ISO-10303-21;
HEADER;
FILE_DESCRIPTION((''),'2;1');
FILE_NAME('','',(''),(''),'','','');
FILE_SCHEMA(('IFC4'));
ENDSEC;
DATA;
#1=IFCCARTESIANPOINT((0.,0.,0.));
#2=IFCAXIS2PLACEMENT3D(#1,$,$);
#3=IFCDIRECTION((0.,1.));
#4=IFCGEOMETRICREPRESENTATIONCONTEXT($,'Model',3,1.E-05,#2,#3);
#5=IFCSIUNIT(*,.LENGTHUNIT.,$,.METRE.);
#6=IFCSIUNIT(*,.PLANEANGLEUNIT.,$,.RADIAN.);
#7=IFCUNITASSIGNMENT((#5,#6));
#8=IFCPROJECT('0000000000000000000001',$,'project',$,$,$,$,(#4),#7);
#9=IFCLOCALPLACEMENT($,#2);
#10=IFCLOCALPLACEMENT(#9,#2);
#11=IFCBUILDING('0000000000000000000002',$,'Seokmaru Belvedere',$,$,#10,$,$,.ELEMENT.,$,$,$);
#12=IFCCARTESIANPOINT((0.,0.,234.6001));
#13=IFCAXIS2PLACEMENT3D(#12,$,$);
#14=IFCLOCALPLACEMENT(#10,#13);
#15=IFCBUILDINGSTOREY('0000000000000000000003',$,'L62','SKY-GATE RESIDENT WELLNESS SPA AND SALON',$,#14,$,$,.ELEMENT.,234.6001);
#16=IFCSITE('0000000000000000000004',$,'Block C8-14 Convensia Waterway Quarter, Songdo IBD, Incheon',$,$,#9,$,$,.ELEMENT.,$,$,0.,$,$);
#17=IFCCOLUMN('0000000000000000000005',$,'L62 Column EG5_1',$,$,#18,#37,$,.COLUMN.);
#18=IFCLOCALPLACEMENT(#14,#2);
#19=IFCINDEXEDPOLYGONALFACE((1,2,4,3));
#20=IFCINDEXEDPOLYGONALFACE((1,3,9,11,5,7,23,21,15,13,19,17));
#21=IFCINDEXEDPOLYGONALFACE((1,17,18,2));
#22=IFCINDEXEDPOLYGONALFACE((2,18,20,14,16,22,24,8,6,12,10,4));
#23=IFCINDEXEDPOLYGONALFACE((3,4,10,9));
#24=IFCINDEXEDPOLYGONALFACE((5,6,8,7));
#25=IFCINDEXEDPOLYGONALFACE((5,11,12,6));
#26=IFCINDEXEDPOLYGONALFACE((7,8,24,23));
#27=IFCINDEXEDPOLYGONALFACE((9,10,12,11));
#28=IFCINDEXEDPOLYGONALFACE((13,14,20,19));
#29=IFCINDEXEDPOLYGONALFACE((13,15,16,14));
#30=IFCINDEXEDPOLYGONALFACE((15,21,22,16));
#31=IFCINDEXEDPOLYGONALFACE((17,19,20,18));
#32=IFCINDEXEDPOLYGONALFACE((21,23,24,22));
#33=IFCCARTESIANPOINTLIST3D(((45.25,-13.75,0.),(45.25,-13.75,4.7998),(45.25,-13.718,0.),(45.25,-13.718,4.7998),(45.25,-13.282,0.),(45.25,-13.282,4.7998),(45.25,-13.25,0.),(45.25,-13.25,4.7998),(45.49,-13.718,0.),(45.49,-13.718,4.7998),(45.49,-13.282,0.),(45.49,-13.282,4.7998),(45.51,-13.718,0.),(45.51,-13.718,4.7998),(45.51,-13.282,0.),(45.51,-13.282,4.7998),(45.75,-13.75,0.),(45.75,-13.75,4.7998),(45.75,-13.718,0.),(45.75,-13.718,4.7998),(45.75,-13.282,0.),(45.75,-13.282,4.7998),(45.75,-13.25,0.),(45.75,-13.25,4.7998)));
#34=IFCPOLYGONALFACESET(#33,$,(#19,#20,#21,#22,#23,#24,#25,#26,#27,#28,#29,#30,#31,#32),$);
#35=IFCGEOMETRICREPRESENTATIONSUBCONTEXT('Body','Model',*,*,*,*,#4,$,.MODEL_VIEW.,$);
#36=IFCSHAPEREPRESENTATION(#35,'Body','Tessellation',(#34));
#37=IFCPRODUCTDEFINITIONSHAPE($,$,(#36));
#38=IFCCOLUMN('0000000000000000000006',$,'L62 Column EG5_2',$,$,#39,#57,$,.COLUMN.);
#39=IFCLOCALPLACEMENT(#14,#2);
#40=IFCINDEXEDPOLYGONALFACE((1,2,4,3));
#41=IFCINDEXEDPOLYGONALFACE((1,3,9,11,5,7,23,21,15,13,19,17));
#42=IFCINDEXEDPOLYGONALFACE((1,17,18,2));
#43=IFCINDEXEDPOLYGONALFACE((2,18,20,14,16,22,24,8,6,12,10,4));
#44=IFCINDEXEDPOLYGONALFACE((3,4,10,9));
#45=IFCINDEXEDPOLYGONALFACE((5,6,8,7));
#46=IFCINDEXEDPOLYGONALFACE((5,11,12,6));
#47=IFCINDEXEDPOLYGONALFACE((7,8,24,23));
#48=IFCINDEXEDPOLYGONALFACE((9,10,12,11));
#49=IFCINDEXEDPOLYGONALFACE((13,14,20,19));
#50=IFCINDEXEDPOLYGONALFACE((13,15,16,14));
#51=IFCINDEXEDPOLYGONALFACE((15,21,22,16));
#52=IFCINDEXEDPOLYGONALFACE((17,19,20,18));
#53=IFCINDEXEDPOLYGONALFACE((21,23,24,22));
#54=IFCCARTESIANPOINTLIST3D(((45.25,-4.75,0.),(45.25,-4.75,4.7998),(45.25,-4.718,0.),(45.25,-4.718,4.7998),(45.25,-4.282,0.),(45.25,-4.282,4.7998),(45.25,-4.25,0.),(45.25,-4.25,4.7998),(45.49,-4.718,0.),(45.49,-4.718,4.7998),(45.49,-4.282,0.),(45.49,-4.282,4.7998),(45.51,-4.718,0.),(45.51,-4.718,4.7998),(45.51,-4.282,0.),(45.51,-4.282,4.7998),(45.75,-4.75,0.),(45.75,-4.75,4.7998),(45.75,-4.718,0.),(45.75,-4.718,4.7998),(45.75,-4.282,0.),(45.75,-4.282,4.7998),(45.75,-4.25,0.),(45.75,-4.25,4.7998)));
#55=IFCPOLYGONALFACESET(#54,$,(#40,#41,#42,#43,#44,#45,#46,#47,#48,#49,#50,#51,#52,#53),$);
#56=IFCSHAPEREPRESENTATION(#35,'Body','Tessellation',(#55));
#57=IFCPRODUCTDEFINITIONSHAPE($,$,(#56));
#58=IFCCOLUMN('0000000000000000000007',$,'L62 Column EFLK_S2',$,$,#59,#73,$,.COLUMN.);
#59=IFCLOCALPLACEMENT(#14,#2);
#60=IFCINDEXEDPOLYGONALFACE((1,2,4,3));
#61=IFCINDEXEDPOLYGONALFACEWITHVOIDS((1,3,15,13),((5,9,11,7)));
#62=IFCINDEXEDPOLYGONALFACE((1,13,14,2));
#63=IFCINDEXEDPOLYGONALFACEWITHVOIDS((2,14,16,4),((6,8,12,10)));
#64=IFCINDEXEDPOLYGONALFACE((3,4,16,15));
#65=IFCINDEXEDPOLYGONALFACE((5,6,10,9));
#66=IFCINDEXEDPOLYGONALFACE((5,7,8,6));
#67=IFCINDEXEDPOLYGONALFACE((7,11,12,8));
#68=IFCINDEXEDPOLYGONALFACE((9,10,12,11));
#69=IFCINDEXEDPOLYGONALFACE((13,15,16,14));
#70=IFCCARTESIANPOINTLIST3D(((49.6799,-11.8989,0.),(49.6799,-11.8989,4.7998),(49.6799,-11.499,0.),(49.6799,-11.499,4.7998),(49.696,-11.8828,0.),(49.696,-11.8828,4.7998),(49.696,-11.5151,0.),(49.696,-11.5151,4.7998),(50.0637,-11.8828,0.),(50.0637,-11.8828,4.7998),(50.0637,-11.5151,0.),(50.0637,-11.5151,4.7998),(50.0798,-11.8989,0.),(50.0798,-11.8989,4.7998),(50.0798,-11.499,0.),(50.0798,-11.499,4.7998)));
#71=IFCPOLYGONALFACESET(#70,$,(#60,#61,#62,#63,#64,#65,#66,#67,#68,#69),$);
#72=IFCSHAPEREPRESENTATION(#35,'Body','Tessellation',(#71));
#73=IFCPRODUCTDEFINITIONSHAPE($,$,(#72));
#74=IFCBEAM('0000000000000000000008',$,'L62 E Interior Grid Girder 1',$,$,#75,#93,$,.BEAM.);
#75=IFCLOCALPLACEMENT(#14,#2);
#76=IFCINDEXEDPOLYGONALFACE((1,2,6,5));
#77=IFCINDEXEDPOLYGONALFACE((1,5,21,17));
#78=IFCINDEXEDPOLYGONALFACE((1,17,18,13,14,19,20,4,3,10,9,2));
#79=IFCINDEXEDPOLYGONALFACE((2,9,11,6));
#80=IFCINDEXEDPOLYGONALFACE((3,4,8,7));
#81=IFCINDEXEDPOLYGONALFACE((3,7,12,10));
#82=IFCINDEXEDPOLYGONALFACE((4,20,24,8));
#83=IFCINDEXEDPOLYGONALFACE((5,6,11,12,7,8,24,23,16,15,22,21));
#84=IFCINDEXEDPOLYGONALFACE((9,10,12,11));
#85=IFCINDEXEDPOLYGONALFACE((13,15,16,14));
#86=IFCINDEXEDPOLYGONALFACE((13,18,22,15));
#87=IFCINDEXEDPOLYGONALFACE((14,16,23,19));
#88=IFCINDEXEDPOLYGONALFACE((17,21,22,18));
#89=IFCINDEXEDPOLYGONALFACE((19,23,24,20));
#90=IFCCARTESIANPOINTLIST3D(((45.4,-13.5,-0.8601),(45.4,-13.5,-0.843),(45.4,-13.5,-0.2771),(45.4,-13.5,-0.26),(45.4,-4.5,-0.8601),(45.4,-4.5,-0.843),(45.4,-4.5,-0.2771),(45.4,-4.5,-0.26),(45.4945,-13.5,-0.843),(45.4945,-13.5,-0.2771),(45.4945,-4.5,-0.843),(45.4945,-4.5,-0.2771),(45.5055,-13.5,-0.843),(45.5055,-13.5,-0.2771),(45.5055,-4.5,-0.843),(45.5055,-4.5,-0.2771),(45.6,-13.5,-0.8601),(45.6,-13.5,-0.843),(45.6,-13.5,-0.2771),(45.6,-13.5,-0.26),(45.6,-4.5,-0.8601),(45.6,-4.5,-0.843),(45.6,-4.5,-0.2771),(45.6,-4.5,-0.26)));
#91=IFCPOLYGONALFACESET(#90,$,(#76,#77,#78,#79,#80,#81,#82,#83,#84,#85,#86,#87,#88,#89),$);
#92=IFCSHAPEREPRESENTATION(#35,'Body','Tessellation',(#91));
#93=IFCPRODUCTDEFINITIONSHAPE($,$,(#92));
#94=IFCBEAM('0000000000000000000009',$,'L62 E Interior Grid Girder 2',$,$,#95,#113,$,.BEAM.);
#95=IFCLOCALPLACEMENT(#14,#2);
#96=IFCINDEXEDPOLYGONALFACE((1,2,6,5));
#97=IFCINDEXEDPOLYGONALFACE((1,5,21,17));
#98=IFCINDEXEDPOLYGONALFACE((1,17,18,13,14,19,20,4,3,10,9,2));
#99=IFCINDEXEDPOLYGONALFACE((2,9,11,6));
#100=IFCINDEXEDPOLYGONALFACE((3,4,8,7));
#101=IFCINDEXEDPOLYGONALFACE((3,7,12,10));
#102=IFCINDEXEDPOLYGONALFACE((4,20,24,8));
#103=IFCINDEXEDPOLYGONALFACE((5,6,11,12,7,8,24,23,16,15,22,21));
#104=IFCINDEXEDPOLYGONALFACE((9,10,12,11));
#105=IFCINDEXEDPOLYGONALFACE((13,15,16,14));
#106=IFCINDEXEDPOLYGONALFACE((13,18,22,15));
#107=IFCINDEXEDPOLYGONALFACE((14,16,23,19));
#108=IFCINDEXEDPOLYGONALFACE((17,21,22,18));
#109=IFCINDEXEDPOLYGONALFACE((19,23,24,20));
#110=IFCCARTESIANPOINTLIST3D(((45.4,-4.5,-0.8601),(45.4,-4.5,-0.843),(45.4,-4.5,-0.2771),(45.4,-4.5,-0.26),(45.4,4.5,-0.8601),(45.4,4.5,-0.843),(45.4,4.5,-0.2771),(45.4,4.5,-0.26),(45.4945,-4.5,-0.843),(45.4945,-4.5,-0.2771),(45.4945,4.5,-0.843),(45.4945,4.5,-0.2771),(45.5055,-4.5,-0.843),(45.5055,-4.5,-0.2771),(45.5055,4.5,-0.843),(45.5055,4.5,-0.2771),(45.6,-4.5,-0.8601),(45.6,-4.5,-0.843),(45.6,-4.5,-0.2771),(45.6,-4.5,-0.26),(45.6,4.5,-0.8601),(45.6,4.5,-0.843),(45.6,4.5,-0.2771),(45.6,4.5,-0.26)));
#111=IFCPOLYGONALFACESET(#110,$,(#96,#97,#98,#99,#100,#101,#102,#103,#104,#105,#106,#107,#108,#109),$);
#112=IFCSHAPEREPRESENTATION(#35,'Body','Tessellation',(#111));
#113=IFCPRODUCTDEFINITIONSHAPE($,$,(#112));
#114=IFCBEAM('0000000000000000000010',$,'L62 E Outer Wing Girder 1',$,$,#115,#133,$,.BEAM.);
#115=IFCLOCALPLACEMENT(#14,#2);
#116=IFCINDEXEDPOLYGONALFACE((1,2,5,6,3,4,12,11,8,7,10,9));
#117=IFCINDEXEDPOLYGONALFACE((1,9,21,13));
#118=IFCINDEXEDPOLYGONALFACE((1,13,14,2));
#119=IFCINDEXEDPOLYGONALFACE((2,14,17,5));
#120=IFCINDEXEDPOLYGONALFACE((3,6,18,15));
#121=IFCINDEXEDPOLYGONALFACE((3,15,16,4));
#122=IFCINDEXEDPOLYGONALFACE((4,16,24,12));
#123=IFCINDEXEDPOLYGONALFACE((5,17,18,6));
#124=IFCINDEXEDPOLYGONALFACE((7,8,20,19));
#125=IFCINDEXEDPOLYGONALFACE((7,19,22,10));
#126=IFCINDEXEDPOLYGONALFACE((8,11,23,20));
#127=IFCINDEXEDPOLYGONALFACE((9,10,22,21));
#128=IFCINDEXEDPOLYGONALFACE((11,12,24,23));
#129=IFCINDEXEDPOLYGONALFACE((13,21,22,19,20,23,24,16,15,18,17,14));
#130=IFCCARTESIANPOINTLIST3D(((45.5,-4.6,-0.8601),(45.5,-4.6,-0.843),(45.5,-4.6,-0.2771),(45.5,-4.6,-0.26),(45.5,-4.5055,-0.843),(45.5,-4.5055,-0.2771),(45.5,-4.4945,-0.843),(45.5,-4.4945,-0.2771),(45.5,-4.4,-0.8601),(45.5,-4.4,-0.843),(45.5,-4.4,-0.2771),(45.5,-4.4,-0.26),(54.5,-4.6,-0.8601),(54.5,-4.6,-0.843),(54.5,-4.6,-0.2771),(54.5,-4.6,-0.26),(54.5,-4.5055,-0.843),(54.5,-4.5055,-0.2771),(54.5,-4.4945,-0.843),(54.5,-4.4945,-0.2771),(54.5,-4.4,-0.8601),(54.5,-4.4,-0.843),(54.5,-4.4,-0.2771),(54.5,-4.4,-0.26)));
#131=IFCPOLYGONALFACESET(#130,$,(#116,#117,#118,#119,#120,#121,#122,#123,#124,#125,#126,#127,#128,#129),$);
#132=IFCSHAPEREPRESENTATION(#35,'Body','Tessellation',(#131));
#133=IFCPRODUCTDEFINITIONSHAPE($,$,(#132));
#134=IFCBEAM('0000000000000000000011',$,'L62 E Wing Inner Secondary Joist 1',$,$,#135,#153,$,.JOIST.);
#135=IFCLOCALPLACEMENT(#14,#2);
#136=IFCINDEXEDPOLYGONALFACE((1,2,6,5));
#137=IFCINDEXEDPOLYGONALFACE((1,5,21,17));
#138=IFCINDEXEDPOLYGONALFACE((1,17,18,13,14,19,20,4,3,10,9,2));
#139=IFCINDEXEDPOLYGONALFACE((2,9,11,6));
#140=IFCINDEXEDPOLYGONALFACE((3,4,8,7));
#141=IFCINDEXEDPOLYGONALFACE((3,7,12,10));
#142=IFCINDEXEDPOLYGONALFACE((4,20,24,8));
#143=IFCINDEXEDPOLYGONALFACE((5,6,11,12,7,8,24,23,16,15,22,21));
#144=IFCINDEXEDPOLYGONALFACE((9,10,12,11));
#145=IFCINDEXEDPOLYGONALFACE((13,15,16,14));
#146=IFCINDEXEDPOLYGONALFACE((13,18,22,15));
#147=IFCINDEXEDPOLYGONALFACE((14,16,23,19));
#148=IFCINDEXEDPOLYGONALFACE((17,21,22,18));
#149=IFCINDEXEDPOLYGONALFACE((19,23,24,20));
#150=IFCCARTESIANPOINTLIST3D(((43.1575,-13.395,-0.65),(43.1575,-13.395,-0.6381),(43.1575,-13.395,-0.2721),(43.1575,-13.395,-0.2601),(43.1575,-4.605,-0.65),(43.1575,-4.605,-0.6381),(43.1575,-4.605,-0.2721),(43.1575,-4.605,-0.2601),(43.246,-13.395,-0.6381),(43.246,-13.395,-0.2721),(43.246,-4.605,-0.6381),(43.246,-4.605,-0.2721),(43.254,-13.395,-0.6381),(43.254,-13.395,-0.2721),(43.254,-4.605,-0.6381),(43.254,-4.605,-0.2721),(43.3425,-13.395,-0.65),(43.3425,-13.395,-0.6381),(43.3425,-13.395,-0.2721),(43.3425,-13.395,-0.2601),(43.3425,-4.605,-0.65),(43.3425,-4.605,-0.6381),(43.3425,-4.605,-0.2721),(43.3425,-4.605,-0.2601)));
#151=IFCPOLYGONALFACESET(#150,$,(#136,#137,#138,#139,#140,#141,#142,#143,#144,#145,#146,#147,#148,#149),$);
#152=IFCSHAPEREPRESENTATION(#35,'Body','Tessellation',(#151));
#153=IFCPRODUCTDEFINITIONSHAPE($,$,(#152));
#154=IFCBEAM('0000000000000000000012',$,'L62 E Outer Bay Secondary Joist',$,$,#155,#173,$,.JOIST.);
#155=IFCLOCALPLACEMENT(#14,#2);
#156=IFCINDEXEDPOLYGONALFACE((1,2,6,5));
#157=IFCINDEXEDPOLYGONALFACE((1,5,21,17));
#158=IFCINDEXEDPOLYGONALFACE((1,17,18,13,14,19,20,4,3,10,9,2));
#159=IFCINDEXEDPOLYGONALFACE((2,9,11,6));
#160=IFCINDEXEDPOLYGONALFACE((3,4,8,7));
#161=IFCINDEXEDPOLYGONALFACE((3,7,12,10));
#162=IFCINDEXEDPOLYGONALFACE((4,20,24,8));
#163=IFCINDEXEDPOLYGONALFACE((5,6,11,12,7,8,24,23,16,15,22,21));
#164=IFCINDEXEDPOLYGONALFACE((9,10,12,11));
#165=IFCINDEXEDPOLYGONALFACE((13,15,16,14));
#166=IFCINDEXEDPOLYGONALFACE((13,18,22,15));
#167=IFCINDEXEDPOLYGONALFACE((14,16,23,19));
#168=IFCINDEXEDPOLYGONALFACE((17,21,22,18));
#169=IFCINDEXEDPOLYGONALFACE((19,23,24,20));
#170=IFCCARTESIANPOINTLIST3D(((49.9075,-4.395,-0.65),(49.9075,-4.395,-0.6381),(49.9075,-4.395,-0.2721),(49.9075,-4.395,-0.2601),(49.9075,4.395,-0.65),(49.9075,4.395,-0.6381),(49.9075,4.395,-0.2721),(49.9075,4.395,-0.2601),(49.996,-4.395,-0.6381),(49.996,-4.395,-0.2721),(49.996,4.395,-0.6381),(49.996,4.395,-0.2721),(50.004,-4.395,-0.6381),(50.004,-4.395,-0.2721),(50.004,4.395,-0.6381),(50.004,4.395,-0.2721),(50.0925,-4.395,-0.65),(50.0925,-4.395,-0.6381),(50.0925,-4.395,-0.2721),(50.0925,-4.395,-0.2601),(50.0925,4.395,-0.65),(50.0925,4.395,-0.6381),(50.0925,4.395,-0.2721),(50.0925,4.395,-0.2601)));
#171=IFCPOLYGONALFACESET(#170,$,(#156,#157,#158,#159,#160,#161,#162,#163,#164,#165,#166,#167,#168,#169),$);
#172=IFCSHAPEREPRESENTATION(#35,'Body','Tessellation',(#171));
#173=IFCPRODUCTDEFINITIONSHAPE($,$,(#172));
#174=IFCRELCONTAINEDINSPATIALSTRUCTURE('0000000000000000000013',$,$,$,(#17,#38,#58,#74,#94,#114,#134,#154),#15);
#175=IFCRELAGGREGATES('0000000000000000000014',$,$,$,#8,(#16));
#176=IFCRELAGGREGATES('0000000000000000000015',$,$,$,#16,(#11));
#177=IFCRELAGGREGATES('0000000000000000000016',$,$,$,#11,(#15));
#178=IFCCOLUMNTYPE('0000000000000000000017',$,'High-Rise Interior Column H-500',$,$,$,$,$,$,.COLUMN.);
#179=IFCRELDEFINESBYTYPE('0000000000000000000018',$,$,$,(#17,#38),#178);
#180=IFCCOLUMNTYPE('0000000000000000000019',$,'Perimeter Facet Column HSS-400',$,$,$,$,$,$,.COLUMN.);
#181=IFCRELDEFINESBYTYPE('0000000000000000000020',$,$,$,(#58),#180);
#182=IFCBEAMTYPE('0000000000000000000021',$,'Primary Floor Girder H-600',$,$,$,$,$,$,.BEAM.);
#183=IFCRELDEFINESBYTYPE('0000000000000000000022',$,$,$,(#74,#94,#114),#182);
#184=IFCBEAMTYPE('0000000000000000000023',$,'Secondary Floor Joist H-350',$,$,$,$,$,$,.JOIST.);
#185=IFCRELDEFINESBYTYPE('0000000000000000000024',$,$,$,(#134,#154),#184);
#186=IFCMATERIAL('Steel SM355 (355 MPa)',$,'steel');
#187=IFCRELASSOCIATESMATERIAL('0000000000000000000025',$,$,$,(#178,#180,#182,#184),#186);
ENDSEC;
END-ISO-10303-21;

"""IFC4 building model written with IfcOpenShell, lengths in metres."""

from ifc_helpers import new_model, si_unit, direction, frame, origin, origin_2d, place, context, subcontext, project, spatial, hollow_rectangle, i_section, extrude, source, transform, mapped, material, material_profile, profile_set, type_object, type_shapes, element, save


model = new_model("IFC4")

# Units and contexts
model_context = context("Model", 3, precision=1e-05, world=origin(), true_north=direction((0.0, 1.0)))
body_context = subcontext(model_context, "Body", "Model", "MODEL_VIEW")
ifc_project = project(units=[si_unit("LENGTHUNIT", "METRE"), si_unit("PLANEANGLEUNIT", "RADIAN")], contexts=[model_context])

# Site, building, storey
site_placement = place(None, origin())
site = spatial("IfcSite", under=ifc_project, at=site_placement, Name="Block C8-14 Convensia Waterway Quarter, Songdo IBD, Incheon", CompositionType="ELEMENT", RefElevation=0.0)
building_placement = place(site_placement, origin())
building = spatial("IfcBuilding", under=site, at=building_placement, Name="Seokmaru Belvedere", CompositionType="ELEMENT")
storey_placement = place(building_placement, frame((0.0, 0.0, 234.6001)))
storey = spatial("IfcBuildingStorey", under=building, at=storey_placement, Name="L62", Description="SKY-GATE RESIDENT WELLNESS SPA AND SALON", CompositionType="ELEMENT", Elevation=234.6001)

# Columns
ifc_material_1 = material(Name="Steel SM355 (355 MPa)", Category="steel")
ifc_material_profile_1 = material_profile(ifc_material_1, i_section(OverallWidth=0.5, OverallDepth=0.5, WebThickness=0.02, FlangeThickness=0.032, at=origin_2d()), Name="H-500x500x20x32")
ifc_profile_set_1 = profile_set([ifc_material_profile_1], Name="Steel SM355 (355 MPa)")
column_type_1 = type_object("IfcColumnType", Name="High-Rise Interior Column H-500", PredefinedType="COLUMN", material=ifc_profile_set_1)
shared_shape_1 = source(origin(), body_context, "Body", "SweptSolid", [
    extrude(i_section(OverallWidth=0.5, OverallDepth=0.5, WebThickness=0.02, FlangeThickness=0.032, at=origin_2d()), origin(), (0.0, 0.0, 1.0), 4.7998),
])
type_shapes(column_type_1, [shared_shape_1])
for number, where, z_axis, x_axis, name in (
    (1, (45.5, -13.5, 0.0), (0.0, 0.0, 1.0), (1.0, 0.0, 0.0), "L62 Column EG5_1"),
    (2, (45.5, -4.5, 0.0), (0.0, 0.0, 1.0), (1.0, 0.0, 0.0), "L62 Column EG5_2"),
):
    element("IfcColumn", number, at=place(storey_placement, frame(where, z_axis=z_axis, x_axis=x_axis)), inside=storey, type_object=column_type_1, Name=name, PredefinedType="COLUMN", context=body_context, shape_type="MappedRepresentation", body=[
        mapped(shared_shape_1, transform((0.0, 0.0, 0.0), scale=1.0)),
    ])
ifc_material_profile_2 = material_profile(ifc_material_1, hollow_rectangle(XDim=0.3999, YDim=0.3999, WallThickness=0.0161, at=origin_2d()), Name="HSS-400x400x16")
ifc_profile_set_2 = profile_set([ifc_material_profile_2], Name="Steel SM355 (355 MPa)")
column_type_2 = type_object("IfcColumnType", Name="Perimeter Facet Column HSS-400", PredefinedType="COLUMN", material=ifc_profile_set_2)
shared_shape_2 = source(origin(), body_context, "Body", "SweptSolid", [
    extrude(hollow_rectangle(XDim=0.3999, YDim=0.3999, WallThickness=0.0161, at=origin_2d()), origin(), (0.0, 0.0, 1.0), 4.7998),
])
type_shapes(column_type_2, [shared_shape_2])
column_placement = place(storey_placement, frame((49.8799, -11.699, 0.0), z_axis=(0.0, 0.0, 1.0), x_axis=(1.0, 0.0, 0.0)))
element("IfcColumn", 3, at=column_placement, inside=storey, type_object=column_type_2, Name="L62 Column EFLK_S2", PredefinedType="COLUMN", context=body_context, shape_type="MappedRepresentation", body=[
    mapped(shared_shape_2, transform((0.0, 0.0, 0.0), scale=1.0)),
])

# Beams
ifc_material_profile_3 = material_profile(ifc_material_1, i_section(OverallWidth=0.2, OverallDepth=0.6001, WebThickness=0.011, FlangeThickness=0.0171, at=origin_2d()), Name="H-600x200x11x17")
ifc_profile_set_3 = profile_set([ifc_material_profile_3], Name="Steel SM355 (355 MPa)")
beam_type_1 = type_object("IfcBeamType", Name="Primary Floor Girder H-600", PredefinedType="BEAM", material=ifc_profile_set_3)
shared_shape_3 = source(origin(), body_context, "Body", "SweptSolid", [
    extrude(i_section(OverallWidth=0.2, OverallDepth=0.6001, WebThickness=0.011, FlangeThickness=0.0171, at=origin_2d()), origin(), (0.0, 0.0, 1.0), 9.0),
])
for number, where, z_axis, x_axis, name in (
    (4, (45.5, -13.5, -0.5601), (0.0, 1.0, 0.0), (-1.0, 0.0, 0.0), "L62 E Interior Grid Girder 1"),
    (5, (45.5, -4.5, -0.5601), (0.0, 1.0, 0.0), (-1.0, 0.0, 0.0), "L62 E Interior Grid Girder 2"),
    (6, (45.5, -4.5, -0.5601), (1.0, 0.0, 0.0), (0.0, 1.0, 0.0), "L62 E Outer Wing Girder 1"),
):
    element("IfcBeam", number, at=place(storey_placement, frame(where, z_axis=z_axis, x_axis=x_axis)), inside=storey, type_object=beam_type_1, Name=name, PredefinedType="BEAM", context=body_context, shape_type="MappedRepresentation", body=[
        mapped(shared_shape_3, transform((0.0, 0.0, 0.0), scale=1.0)),
    ])
ifc_material_profile_4 = material_profile(ifc_material_1, i_section(OverallWidth=0.1851, OverallDepth=0.3899, WebThickness=0.0081, FlangeThickness=0.012, at=origin_2d()), Name="H-390x185x8x12")
ifc_profile_set_4 = profile_set([ifc_material_profile_4], Name="Steel SM355 (355 MPa)")
beam_type_2 = type_object("IfcBeamType", Name="Secondary Floor Joist H-350", PredefinedType="JOIST", material=ifc_profile_set_4)
shared_shape_4 = source(origin(), body_context, "Body", "SweptSolid", [
    extrude(i_section(OverallWidth=0.1851, OverallDepth=0.3899, WebThickness=0.0081, FlangeThickness=0.012, at=origin_2d()), origin(), (0.0, 0.0, 1.0), 8.79),
])
type_shapes(beam_type_2, [shared_shape_4])
for number, where, z_axis, x_axis, name in (
    (7, (43.25, -13.395, -0.4551), (0.0, 1.0, 0.0), (-1.0, 0.0, 0.0), "L62 E Wing Inner Secondary Joist 1"),
    (8, (50.0, -4.395, -0.4551), (0.0, 1.0, 0.0), (-1.0, 0.0, 0.0), "L62 E Outer Bay Secondary Joist"),
):
    element("IfcBeam", number, at=place(storey_placement, frame(where, z_axis=z_axis, x_axis=x_axis)), inside=storey, type_object=beam_type_2, Name=name, PredefinedType="JOIST", context=body_context, shape_type="MappedRepresentation", body=[
        mapped(shared_shape_4, transform((0.0, 0.0, 0.0), scale=1.0)),
    ])

save(model, "model.ifc")
